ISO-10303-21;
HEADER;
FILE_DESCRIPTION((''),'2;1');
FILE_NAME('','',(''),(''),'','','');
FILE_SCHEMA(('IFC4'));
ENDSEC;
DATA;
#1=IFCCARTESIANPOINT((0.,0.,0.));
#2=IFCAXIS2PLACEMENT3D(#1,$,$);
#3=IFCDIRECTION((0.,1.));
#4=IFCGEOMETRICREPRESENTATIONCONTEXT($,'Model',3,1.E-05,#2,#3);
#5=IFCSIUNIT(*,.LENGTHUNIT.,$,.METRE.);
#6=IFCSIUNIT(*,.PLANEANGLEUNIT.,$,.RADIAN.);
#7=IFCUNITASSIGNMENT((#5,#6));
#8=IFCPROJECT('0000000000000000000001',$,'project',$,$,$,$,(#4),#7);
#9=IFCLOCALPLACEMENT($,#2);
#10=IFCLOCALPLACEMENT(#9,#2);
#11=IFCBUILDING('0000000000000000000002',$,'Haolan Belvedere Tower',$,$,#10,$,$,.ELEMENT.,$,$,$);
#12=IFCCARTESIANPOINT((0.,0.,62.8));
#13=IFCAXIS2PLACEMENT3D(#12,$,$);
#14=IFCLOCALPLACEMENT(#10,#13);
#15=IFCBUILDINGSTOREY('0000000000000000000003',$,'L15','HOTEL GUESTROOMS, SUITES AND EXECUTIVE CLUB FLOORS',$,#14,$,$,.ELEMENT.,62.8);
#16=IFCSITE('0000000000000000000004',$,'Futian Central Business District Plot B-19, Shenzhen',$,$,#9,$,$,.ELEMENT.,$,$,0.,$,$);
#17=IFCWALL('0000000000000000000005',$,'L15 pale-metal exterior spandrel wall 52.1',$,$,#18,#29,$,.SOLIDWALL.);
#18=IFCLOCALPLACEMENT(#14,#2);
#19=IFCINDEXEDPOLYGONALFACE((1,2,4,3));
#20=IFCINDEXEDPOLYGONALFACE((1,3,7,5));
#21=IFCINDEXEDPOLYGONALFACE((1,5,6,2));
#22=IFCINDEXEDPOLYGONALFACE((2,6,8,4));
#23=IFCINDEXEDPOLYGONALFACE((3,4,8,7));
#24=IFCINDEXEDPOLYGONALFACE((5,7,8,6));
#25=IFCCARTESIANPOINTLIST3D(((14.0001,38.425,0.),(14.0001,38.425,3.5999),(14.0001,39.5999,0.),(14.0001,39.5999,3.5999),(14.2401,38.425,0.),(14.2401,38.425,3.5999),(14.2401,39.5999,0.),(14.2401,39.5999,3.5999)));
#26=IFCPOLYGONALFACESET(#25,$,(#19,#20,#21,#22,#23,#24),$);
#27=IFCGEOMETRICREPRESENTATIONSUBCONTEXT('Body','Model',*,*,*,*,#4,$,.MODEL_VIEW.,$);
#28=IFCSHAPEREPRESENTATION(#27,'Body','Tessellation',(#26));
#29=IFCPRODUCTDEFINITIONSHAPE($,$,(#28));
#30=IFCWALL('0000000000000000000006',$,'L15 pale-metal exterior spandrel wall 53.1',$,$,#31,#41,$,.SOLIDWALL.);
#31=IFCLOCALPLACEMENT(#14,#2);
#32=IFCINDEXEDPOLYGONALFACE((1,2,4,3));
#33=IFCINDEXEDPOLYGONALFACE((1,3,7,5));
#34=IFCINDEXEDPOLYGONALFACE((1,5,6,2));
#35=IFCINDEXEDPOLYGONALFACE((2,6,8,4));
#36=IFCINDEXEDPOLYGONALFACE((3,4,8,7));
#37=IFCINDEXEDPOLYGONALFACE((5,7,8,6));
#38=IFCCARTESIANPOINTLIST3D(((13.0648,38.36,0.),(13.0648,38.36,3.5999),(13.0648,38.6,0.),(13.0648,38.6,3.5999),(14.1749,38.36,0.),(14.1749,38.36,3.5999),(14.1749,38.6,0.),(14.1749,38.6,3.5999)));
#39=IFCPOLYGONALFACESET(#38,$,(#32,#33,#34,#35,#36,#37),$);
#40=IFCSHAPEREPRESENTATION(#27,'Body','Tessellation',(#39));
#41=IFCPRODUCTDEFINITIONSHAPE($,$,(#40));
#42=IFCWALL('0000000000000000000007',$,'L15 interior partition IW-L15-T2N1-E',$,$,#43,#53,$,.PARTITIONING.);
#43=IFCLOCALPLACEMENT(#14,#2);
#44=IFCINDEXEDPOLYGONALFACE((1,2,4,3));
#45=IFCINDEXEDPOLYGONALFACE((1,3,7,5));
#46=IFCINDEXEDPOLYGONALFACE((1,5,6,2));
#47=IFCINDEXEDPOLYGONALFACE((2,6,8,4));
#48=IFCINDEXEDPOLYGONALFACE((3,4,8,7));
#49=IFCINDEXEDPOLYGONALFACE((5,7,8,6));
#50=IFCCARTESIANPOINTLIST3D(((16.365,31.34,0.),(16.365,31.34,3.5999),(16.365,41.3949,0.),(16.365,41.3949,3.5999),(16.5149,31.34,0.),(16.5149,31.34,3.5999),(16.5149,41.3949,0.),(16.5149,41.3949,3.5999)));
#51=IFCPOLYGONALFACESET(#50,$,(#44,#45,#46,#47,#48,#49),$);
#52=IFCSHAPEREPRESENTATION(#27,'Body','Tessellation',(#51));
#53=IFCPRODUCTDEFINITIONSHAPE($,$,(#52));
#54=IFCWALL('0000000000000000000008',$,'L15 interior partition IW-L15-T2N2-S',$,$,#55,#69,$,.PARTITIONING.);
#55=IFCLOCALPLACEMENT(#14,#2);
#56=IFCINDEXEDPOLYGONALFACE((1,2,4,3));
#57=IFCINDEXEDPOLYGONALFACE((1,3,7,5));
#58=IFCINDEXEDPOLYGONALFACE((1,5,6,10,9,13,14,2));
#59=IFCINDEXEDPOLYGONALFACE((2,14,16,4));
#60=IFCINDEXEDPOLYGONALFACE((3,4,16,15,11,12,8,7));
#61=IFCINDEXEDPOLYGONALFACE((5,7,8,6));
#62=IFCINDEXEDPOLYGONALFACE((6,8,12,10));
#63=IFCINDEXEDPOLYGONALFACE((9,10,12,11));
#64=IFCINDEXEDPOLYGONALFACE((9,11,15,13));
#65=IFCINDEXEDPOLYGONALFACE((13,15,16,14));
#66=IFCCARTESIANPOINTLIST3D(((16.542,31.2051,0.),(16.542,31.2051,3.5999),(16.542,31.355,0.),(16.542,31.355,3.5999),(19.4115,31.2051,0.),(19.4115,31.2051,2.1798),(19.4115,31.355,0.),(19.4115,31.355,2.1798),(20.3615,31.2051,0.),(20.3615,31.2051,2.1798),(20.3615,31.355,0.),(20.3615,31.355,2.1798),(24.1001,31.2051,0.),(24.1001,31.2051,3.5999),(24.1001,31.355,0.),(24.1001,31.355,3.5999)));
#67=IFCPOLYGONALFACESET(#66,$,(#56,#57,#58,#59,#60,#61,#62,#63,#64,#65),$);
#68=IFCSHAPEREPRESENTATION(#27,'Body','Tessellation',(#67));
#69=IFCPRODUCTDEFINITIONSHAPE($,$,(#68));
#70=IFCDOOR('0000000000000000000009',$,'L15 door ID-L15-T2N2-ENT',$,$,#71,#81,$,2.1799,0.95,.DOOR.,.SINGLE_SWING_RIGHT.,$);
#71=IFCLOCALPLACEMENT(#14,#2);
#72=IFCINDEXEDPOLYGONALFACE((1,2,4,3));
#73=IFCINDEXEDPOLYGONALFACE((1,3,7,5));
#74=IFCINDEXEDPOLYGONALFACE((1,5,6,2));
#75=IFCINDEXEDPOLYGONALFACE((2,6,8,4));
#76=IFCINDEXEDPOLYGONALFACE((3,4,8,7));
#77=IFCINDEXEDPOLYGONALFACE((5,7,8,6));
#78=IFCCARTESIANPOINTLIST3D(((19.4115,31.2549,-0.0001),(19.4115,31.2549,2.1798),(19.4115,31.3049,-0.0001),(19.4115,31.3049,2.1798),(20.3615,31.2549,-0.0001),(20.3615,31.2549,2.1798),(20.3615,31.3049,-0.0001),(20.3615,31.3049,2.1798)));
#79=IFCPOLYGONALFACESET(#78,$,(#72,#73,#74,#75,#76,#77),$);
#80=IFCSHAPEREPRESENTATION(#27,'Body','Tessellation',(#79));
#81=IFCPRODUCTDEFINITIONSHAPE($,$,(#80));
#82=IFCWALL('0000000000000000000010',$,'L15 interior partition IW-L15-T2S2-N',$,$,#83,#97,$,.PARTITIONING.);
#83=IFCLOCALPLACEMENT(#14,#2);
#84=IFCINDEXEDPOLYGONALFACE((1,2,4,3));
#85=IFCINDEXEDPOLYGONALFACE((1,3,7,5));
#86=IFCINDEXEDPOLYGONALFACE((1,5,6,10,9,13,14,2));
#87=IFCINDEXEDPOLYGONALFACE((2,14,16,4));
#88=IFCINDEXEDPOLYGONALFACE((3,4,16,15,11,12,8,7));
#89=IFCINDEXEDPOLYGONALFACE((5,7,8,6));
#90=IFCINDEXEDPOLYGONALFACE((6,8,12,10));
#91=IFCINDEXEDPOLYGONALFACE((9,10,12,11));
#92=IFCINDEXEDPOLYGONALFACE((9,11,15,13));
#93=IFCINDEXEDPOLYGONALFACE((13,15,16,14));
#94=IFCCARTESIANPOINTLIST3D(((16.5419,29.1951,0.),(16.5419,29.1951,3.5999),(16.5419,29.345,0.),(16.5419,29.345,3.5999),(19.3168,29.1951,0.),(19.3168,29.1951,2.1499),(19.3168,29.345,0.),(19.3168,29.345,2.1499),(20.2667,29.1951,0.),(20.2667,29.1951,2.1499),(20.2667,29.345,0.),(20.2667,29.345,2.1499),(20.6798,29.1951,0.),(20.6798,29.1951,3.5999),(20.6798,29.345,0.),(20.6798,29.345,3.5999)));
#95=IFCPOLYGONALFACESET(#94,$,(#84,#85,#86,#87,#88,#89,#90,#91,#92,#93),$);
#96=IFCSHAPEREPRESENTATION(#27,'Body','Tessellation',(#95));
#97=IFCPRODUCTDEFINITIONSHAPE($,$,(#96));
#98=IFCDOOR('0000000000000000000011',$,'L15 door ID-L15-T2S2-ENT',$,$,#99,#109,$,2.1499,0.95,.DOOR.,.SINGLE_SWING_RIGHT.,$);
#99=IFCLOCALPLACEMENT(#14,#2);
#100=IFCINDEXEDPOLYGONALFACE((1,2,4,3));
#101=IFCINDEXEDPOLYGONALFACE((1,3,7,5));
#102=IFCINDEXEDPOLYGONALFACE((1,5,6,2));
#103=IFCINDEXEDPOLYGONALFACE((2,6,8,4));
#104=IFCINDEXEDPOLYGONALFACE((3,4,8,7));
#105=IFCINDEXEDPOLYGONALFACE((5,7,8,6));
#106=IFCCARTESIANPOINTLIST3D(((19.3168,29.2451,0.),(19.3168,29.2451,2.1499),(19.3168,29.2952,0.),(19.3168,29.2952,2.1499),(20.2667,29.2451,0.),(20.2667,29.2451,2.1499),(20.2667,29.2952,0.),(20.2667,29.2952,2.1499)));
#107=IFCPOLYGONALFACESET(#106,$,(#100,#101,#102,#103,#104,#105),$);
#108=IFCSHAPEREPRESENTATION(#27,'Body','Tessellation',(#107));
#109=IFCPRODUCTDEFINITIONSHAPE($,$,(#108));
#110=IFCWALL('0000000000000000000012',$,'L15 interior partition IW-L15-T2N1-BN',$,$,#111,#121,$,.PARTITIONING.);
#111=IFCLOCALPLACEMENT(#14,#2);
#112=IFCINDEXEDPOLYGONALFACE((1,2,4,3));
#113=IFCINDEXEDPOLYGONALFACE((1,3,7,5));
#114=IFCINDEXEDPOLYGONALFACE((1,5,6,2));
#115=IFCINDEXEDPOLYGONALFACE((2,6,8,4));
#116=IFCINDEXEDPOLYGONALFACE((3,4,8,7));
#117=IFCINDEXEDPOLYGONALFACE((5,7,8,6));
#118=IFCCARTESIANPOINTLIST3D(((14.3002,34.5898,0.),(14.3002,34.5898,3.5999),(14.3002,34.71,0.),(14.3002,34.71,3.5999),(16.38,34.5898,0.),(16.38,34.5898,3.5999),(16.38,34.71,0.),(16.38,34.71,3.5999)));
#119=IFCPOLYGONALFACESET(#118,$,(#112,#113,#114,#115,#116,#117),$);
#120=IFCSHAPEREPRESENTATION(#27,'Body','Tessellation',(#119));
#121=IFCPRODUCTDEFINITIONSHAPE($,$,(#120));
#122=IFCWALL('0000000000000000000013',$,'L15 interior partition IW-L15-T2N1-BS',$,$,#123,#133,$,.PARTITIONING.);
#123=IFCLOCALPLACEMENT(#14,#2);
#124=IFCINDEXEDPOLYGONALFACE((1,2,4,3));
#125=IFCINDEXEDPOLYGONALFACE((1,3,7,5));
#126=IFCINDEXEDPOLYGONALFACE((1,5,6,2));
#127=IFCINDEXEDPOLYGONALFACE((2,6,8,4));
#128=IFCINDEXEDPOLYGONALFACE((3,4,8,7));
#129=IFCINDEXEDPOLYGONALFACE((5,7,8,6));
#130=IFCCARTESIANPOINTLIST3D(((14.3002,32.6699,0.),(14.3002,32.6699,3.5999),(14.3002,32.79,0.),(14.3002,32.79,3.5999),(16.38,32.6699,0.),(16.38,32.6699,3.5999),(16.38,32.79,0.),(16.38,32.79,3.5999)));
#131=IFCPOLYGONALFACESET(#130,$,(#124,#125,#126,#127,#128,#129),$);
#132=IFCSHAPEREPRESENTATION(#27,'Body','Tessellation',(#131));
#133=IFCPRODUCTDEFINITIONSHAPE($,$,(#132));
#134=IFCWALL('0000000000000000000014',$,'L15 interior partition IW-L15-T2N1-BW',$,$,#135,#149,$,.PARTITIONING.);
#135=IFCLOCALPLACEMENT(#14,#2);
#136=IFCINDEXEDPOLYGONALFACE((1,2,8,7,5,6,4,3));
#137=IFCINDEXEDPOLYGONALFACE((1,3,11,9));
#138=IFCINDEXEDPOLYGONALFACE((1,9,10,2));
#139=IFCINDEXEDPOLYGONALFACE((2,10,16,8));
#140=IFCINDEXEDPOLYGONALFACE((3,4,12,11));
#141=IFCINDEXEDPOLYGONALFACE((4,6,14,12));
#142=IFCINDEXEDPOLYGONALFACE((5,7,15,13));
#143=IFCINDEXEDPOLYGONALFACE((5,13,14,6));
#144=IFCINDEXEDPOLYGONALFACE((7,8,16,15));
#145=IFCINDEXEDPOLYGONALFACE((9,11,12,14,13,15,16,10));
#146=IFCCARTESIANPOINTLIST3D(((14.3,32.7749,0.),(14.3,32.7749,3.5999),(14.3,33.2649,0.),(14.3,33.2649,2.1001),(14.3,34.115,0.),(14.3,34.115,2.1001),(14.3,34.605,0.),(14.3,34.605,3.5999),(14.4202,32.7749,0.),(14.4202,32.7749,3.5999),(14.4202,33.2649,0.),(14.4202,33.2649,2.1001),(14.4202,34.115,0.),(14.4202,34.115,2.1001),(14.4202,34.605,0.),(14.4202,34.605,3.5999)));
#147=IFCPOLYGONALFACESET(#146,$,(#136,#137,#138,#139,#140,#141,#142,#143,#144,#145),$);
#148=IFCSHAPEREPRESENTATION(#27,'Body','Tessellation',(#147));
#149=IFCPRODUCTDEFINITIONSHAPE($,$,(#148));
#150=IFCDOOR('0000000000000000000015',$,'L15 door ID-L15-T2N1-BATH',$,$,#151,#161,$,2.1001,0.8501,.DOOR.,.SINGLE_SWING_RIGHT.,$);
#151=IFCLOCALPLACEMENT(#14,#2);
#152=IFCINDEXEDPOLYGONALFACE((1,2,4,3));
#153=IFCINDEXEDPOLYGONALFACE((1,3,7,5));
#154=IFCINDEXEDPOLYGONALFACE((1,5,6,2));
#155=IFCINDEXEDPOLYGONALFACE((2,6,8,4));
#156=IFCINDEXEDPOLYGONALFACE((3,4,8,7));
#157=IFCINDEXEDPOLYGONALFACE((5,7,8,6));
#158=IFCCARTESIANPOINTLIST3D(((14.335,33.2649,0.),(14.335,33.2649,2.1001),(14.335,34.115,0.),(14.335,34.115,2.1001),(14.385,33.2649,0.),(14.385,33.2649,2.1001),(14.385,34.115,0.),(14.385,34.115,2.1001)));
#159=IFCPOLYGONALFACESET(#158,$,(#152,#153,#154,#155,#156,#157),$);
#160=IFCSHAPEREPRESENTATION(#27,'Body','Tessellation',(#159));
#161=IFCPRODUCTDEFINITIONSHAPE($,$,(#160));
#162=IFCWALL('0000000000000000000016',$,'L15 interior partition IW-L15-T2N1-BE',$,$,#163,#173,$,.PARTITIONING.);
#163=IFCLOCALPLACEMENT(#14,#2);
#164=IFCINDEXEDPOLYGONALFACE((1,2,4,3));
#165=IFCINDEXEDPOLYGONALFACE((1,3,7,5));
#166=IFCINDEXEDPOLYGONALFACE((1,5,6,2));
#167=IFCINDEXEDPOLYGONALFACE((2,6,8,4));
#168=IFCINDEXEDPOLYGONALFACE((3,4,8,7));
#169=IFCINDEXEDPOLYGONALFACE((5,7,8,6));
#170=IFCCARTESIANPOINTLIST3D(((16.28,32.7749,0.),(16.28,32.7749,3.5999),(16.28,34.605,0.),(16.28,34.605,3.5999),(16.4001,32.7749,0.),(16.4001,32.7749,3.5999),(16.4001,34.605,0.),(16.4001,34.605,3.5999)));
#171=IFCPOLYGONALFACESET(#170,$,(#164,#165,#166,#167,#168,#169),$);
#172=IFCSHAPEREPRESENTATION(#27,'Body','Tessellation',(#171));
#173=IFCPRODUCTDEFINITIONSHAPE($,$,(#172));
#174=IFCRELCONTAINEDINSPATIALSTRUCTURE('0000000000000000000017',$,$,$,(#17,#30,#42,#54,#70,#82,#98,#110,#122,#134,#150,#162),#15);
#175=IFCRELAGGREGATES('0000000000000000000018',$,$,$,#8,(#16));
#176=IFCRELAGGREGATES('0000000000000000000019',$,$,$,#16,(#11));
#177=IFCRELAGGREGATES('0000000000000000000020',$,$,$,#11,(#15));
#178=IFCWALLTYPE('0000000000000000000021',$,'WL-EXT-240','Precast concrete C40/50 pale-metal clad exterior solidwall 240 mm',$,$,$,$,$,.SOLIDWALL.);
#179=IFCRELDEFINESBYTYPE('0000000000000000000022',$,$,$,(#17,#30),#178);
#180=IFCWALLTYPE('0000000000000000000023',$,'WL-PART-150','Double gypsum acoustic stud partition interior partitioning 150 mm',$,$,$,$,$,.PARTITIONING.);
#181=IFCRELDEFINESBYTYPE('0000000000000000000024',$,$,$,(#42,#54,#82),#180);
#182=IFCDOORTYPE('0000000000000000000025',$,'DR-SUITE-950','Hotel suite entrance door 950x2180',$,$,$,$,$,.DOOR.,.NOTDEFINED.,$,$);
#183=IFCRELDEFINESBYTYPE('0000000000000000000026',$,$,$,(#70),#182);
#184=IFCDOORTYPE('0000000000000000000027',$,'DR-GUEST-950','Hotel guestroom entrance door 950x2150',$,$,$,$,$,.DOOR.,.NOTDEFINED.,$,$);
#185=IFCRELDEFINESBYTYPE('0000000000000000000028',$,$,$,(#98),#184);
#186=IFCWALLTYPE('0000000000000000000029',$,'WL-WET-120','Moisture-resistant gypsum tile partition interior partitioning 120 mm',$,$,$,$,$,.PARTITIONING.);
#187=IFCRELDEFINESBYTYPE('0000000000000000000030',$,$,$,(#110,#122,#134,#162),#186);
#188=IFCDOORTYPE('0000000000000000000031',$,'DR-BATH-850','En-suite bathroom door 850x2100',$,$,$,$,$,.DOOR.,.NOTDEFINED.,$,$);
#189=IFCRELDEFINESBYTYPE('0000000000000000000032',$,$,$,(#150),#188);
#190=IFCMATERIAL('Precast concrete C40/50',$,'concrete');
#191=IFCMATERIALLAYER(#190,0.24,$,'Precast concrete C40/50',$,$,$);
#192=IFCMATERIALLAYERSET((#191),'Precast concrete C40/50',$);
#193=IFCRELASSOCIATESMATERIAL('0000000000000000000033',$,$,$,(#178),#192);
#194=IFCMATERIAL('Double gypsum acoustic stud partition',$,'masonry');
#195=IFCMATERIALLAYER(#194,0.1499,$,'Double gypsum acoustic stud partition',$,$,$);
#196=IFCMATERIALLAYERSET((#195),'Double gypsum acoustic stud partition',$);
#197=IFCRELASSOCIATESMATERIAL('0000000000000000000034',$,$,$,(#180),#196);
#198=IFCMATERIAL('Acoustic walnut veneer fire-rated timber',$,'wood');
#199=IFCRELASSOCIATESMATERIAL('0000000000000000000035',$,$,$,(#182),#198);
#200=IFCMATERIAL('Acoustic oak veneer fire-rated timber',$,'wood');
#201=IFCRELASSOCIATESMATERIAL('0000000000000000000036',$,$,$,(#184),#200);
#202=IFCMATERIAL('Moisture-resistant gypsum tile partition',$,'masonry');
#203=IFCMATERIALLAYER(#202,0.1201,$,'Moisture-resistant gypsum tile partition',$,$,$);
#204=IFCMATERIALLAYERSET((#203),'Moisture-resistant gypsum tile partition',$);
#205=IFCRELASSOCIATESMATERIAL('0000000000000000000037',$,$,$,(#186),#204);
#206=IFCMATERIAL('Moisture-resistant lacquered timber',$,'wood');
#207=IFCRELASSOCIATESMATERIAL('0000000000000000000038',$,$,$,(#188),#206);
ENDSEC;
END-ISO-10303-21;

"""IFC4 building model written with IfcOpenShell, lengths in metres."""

from ifc_helpers import new_model, si_unit, direction, frame, frame_2d, origin, place, context, subcontext, project, spatial, rectangle, extrude, material, layer, layer_set, type_object, element, fill, save


model = new_model("IFC4")

# Units and contexts
model_context = context("Model", 3, precision=1e-05, world=origin(), true_north=direction((0.0, 1.0)))
body_context = subcontext(model_context, "Body", "Model", "MODEL_VIEW")
ifc_project = project(units=[si_unit("LENGTHUNIT", "METRE"), si_unit("PLANEANGLEUNIT", "RADIAN")], contexts=[model_context])

# Site, building, storey
site_placement = place(None, origin())
site = spatial("IfcSite", under=ifc_project, at=site_placement, Name="Futian Central Business District Plot B-19, Shenzhen", CompositionType="ELEMENT", RefElevation=0.0)
building_placement = place(site_placement, origin())
building = spatial("IfcBuilding", under=site, at=building_placement, Name="Haolan Belvedere Tower", CompositionType="ELEMENT")
storey_placement = place(building_placement, frame((0.0, 0.0, 62.8)))
storey = spatial("IfcBuildingStorey", under=building, at=storey_placement, Name="L15", Description="HOTEL GUESTROOMS, SUITES AND EXECUTIVE CLUB FLOORS", CompositionType="ELEMENT", Elevation=62.8)

# Walls
ifc_material_1 = material(Name="Precast concrete C40/50", Category="concrete")
ifc_layer_1 = layer(ifc_material_1, 0.24, Name="Precast concrete C40/50")
ifc_layer_set_1 = layer_set([ifc_layer_1], Name="Precast concrete C40/50")
wall_type_1 = type_object("IfcWallType", Name="WL-EXT-240", Description="Precast concrete C40/50 pale-metal clad exterior solidwall 240 mm", PredefinedType="SOLIDWALL", material=ifc_layer_set_1)
wall_1_placement = place(storey_placement, frame((14.1201, 39.5999, 0.0), z_axis=(0.0, 0.0, 1.0), x_axis=(0.0, -1.0, 0.0)))
element("IfcWall", 1, at=wall_1_placement, inside=storey, type_object=wall_type_1, Name="L15 pale-metal exterior spandrel wall 52.1", PredefinedType="SOLIDWALL", context=body_context, shape_type="SweptSolid", body=[
    extrude(rectangle(XDim=1.1748, YDim=0.24, at=frame_2d((0.5874, 0.0))), origin(), (0.0, 0.0, 1.0), 3.5999),
])
wall_2_placement = place(storey_placement, frame((14.175, 38.48, 0.0), z_axis=(0.0, 0.0, 1.0), x_axis=(-1.0, 0.0, 0.0)))
element("IfcWall", 2, at=wall_2_placement, inside=storey, type_object=wall_type_1, Name="L15 pale-metal exterior spandrel wall 53.1", PredefinedType="SOLIDWALL", context=body_context, shape_type="SweptSolid", body=[
    extrude(rectangle(XDim=1.1101, YDim=0.24, at=frame_2d((0.5552, 0.0))), origin(), (0.0, 0.0, 1.0), 3.5999),
])
ifc_material_2 = material(Name="Double gypsum acoustic stud partition", Category="masonry")
ifc_layer_2 = layer(ifc_material_2, 0.1499, Name="Double gypsum acoustic stud partition")
ifc_layer_set_2 = layer_set([ifc_layer_2], Name="Double gypsum acoustic stud partition")
wall_type_2 = type_object("IfcWallType", Name="WL-PART-150", Description="Double gypsum acoustic stud partition interior partitioning 150 mm", PredefinedType="PARTITIONING", material=ifc_layer_set_2)
wall_3_placement = place(storey_placement, frame((16.4399, 31.3401, 0.0), z_axis=(0.0, 0.0, 1.0), x_axis=(0.0, 1.0, 0.0)))
element("IfcWall", 3, at=wall_3_placement, inside=storey, type_object=wall_type_2, Name="L15 interior partition IW-L15-T2N1-E", PredefinedType="PARTITIONING", context=body_context, shape_type="SweptSolid", body=[
    extrude(rectangle(XDim=10.0549, YDim=0.1499, at=frame_2d((5.0273, 0.0))), origin(), (0.0, 0.0, 1.0), 3.5999),
])

# Walls, openings, doors
wall_4_placement = place(storey_placement, frame((16.542, 31.28, 0.0), z_axis=(0.0, 0.0, 1.0), x_axis=(1.0, 0.0, 0.0)))
wall_4 = element("IfcWall", 4, at=wall_4_placement, inside=storey, type_object=wall_type_2, Name="L15 interior partition IW-L15-T2N2-S", PredefinedType="PARTITIONING", context=body_context, shape_type="SweptSolid", body=[
    extrude(rectangle(XDim=7.5581, YDim=0.1499, at=frame_2d((3.7791, 0.0))), origin(), (0.0, 0.0, 1.0), 3.5999),
])
opening_1_placement = place(wall_4_placement, frame((2.8694, 0.0, 0.0)))
opening_1 = element("IfcOpeningElement", 5, at=opening_1_placement, cuts=wall_4, PredefinedType="OPENING", context=body_context, shape_type="SweptSolid", body=[
    extrude(rectangle(XDim=0.95, YDim=2.1799, at=frame_2d((0.4751, 1.0898))), frame((0.0, 0.085, 0.0), z_axis=(0.0, -1.0, 0.0), x_axis=(1.0, 0.0, 0.0)), (0.0, 0.0, 1.0), 0.1699),
])
ifc_material_3 = material(Name="Acoustic walnut veneer fire-rated timber", Category="wood")
door_type_1 = type_object("IfcDoorType", Name="DR-SUITE-950", Description="Hotel suite entrance door 950x2180", OperationType="NOTDEFINED", PredefinedType="DOOR", material=ifc_material_3)
door_1_placement = place(opening_1_placement, origin())
door_1 = element("IfcDoor", 6, at=door_1_placement, inside=storey, type_object=door_type_1, Name="L15 door ID-L15-T2N2-ENT", OperationType="SINGLE_SWING_RIGHT", OverallHeight=2.1799, OverallWidth=0.95, PredefinedType="DOOR", context=body_context, shape_type="SweptSolid", body=[
    extrude(rectangle(XDim=0.95, YDim=2.1799, at=frame_2d((0.4751, 1.0898))), frame((0.0, 0.0249, 0.0), z_axis=(0.0, -1.0, 0.0), x_axis=(1.0, 0.0, 0.0)), (0.0, 0.0, 1.0), 0.05),
])
fill(opening_1, door_1)
wall_5_placement = place(storey_placement, frame((16.542, 29.27, 0.0), z_axis=(0.0, 0.0, 1.0), x_axis=(1.0, 0.0, 0.0)))
wall_5 = element("IfcWall", 7, at=wall_5_placement, inside=storey, type_object=wall_type_2, Name="L15 interior partition IW-L15-T2S2-N", PredefinedType="PARTITIONING", context=body_context, shape_type="SweptSolid", body=[
    extrude(rectangle(XDim=4.1379, YDim=0.1499, at=frame_2d((2.0688, 0.0))), origin(), (0.0, 0.0, 1.0), 3.5999),
])
opening_2_placement = place(wall_5_placement, frame((3.7249, 0.0, 0.0), z_axis=(0.0, 0.0, 1.0), x_axis=(-1.0, 0.0, 0.0)))
opening_2 = element("IfcOpeningElement", 8, at=opening_2_placement, cuts=wall_5, PredefinedType="OPENING", context=body_context, shape_type="SweptSolid", body=[
    extrude(rectangle(XDim=0.95, YDim=2.1499, at=frame_2d((0.4751, 1.075))), frame((0.0, 0.085, 0.0), z_axis=(0.0, -1.0, 0.0), x_axis=(1.0, 0.0, 0.0)), (0.0, 0.0, 1.0), 0.1699),
])
ifc_material_4 = material(Name="Acoustic oak veneer fire-rated timber", Category="wood")
door_type_2 = type_object("IfcDoorType", Name="DR-GUEST-950", Description="Hotel guestroom entrance door 950x2150", OperationType="NOTDEFINED", PredefinedType="DOOR", material=ifc_material_4)
door_2_placement = place(opening_2_placement, origin())
door_2 = element("IfcDoor", 9, at=door_2_placement, inside=storey, type_object=door_type_2, Name="L15 door ID-L15-T2S2-ENT", OperationType="SINGLE_SWING_RIGHT", OverallHeight=2.1499, OverallWidth=0.95, PredefinedType="DOOR", context=body_context, shape_type="SweptSolid", body=[
    extrude(rectangle(XDim=0.95, YDim=2.1499, at=frame_2d((0.4751, 1.075))), frame((0.0, 0.0249, 0.0), z_axis=(0.0, -1.0, 0.0), x_axis=(1.0, 0.0, 0.0)), (0.0, 0.0, 1.0), 0.05),
])
fill(opening_2, door_2)

# Walls
ifc_material_5 = material(Name="Moisture-resistant gypsum tile partition", Category="masonry")
ifc_layer_3 = layer(ifc_material_5, 0.1201, Name="Moisture-resistant gypsum tile partition")
ifc_layer_set_3 = layer_set([ifc_layer_3], Name="Moisture-resistant gypsum tile partition")
wall_type_3 = type_object("IfcWallType", Name="WL-WET-120", Description="Moisture-resistant gypsum tile partition interior partitioning 120 mm", PredefinedType="PARTITIONING", material=ifc_layer_set_3)
for number, where, z_axis, x_axis, name in (
    (10, (14.3, 34.6499, 0.0), (0.0, 0.0, 1.0), (1.0, 0.0, 0.0), "L15 interior partition IW-L15-T2N1-BN"),
    (11, (14.3, 32.73, 0.0), (0.0, 0.0, 1.0), (1.0, 0.0, 0.0), "L15 interior partition IW-L15-T2N1-BS"),
):
    element("IfcWall", number, at=place(storey_placement, frame(where, z_axis=z_axis, x_axis=x_axis)), inside=storey, type_object=wall_type_3, Name=name, PredefinedType="PARTITIONING", context=body_context, shape_type="SweptSolid", body=[
        extrude(rectangle(XDim=2.0798, YDim=0.1201, at=frame_2d((1.04, 0.0))), origin(), (0.0, 0.0, 1.0), 3.5999),
    ])

# Wall, opening, door
wall_6_placement = place(storey_placement, frame((14.3601, 32.7749, 0.0), z_axis=(0.0, 0.0, 1.0), x_axis=(0.0, 1.0, 0.0)))
wall_6 = element("IfcWall", 12, at=wall_6_placement, inside=storey, type_object=wall_type_3, Name="L15 interior partition IW-L15-T2N1-BW", PredefinedType="PARTITIONING", context=body_context, shape_type="SweptSolid", body=[
    extrude(rectangle(XDim=1.8301, YDim=0.1201, at=frame_2d((0.915, 0.0))), origin(), (0.0, 0.0, 1.0), 3.5999),
])
opening_3_placement = place(wall_6_placement, frame((1.3401, 0.0, 0.0), z_axis=(0.0, 0.0, 1.0), x_axis=(-1.0, 0.0, 0.0)))
opening_3 = element("IfcOpeningElement", 13, at=opening_3_placement, cuts=wall_6, PredefinedType="OPENING", context=body_context, shape_type="SweptSolid", body=[
    extrude(rectangle(XDim=0.8501, YDim=2.1001, at=frame_2d((0.425, 1.05))), frame((0.0, 0.0701, 0.0), z_axis=(0.0, -1.0, 0.0), x_axis=(1.0, 0.0, 0.0)), (0.0, 0.0, 1.0), 0.1401),
])
ifc_material_6 = material(Name="Moisture-resistant lacquered timber", Category="wood")
door_type_3 = type_object("IfcDoorType", Name="DR-BATH-850", Description="En-suite bathroom door 850x2100", OperationType="NOTDEFINED", PredefinedType="DOOR", material=ifc_material_6)
door_3_placement = place(opening_3_placement, origin())
door_3 = element("IfcDoor", 14, at=door_3_placement, inside=storey, type_object=door_type_3, Name="L15 door ID-L15-T2N1-BATH", OperationType="SINGLE_SWING_RIGHT", OverallHeight=2.1001, OverallWidth=0.8501, PredefinedType="DOOR", context=body_context, shape_type="SweptSolid", body=[
    extrude(rectangle(XDim=0.8501, YDim=2.1001, at=frame_2d((0.425, 1.05))), frame((0.0, 0.0249, 0.0), z_axis=(0.0, -1.0, 0.0), x_axis=(1.0, 0.0, 0.0)), (0.0, 0.0, 1.0), 0.05),
])
fill(opening_3, door_3)

# Wall
wall_7_placement = place(storey_placement, frame((16.3401, 32.7749, 0.0), z_axis=(0.0, 0.0, 1.0), x_axis=(0.0, 1.0, 0.0)))
element("IfcWall", 15, at=wall_7_placement, inside=storey, type_object=wall_type_3, Name="L15 interior partition IW-L15-T2N1-BE", PredefinedType="PARTITIONING", context=body_context, shape_type="SweptSolid", body=[
    extrude(rectangle(XDim=1.8301, YDim=0.1201, at=frame_2d((0.915, 0.0))), origin(), (0.0, 0.0, 1.0), 3.5999),
])

save(model, "model.ifc")
